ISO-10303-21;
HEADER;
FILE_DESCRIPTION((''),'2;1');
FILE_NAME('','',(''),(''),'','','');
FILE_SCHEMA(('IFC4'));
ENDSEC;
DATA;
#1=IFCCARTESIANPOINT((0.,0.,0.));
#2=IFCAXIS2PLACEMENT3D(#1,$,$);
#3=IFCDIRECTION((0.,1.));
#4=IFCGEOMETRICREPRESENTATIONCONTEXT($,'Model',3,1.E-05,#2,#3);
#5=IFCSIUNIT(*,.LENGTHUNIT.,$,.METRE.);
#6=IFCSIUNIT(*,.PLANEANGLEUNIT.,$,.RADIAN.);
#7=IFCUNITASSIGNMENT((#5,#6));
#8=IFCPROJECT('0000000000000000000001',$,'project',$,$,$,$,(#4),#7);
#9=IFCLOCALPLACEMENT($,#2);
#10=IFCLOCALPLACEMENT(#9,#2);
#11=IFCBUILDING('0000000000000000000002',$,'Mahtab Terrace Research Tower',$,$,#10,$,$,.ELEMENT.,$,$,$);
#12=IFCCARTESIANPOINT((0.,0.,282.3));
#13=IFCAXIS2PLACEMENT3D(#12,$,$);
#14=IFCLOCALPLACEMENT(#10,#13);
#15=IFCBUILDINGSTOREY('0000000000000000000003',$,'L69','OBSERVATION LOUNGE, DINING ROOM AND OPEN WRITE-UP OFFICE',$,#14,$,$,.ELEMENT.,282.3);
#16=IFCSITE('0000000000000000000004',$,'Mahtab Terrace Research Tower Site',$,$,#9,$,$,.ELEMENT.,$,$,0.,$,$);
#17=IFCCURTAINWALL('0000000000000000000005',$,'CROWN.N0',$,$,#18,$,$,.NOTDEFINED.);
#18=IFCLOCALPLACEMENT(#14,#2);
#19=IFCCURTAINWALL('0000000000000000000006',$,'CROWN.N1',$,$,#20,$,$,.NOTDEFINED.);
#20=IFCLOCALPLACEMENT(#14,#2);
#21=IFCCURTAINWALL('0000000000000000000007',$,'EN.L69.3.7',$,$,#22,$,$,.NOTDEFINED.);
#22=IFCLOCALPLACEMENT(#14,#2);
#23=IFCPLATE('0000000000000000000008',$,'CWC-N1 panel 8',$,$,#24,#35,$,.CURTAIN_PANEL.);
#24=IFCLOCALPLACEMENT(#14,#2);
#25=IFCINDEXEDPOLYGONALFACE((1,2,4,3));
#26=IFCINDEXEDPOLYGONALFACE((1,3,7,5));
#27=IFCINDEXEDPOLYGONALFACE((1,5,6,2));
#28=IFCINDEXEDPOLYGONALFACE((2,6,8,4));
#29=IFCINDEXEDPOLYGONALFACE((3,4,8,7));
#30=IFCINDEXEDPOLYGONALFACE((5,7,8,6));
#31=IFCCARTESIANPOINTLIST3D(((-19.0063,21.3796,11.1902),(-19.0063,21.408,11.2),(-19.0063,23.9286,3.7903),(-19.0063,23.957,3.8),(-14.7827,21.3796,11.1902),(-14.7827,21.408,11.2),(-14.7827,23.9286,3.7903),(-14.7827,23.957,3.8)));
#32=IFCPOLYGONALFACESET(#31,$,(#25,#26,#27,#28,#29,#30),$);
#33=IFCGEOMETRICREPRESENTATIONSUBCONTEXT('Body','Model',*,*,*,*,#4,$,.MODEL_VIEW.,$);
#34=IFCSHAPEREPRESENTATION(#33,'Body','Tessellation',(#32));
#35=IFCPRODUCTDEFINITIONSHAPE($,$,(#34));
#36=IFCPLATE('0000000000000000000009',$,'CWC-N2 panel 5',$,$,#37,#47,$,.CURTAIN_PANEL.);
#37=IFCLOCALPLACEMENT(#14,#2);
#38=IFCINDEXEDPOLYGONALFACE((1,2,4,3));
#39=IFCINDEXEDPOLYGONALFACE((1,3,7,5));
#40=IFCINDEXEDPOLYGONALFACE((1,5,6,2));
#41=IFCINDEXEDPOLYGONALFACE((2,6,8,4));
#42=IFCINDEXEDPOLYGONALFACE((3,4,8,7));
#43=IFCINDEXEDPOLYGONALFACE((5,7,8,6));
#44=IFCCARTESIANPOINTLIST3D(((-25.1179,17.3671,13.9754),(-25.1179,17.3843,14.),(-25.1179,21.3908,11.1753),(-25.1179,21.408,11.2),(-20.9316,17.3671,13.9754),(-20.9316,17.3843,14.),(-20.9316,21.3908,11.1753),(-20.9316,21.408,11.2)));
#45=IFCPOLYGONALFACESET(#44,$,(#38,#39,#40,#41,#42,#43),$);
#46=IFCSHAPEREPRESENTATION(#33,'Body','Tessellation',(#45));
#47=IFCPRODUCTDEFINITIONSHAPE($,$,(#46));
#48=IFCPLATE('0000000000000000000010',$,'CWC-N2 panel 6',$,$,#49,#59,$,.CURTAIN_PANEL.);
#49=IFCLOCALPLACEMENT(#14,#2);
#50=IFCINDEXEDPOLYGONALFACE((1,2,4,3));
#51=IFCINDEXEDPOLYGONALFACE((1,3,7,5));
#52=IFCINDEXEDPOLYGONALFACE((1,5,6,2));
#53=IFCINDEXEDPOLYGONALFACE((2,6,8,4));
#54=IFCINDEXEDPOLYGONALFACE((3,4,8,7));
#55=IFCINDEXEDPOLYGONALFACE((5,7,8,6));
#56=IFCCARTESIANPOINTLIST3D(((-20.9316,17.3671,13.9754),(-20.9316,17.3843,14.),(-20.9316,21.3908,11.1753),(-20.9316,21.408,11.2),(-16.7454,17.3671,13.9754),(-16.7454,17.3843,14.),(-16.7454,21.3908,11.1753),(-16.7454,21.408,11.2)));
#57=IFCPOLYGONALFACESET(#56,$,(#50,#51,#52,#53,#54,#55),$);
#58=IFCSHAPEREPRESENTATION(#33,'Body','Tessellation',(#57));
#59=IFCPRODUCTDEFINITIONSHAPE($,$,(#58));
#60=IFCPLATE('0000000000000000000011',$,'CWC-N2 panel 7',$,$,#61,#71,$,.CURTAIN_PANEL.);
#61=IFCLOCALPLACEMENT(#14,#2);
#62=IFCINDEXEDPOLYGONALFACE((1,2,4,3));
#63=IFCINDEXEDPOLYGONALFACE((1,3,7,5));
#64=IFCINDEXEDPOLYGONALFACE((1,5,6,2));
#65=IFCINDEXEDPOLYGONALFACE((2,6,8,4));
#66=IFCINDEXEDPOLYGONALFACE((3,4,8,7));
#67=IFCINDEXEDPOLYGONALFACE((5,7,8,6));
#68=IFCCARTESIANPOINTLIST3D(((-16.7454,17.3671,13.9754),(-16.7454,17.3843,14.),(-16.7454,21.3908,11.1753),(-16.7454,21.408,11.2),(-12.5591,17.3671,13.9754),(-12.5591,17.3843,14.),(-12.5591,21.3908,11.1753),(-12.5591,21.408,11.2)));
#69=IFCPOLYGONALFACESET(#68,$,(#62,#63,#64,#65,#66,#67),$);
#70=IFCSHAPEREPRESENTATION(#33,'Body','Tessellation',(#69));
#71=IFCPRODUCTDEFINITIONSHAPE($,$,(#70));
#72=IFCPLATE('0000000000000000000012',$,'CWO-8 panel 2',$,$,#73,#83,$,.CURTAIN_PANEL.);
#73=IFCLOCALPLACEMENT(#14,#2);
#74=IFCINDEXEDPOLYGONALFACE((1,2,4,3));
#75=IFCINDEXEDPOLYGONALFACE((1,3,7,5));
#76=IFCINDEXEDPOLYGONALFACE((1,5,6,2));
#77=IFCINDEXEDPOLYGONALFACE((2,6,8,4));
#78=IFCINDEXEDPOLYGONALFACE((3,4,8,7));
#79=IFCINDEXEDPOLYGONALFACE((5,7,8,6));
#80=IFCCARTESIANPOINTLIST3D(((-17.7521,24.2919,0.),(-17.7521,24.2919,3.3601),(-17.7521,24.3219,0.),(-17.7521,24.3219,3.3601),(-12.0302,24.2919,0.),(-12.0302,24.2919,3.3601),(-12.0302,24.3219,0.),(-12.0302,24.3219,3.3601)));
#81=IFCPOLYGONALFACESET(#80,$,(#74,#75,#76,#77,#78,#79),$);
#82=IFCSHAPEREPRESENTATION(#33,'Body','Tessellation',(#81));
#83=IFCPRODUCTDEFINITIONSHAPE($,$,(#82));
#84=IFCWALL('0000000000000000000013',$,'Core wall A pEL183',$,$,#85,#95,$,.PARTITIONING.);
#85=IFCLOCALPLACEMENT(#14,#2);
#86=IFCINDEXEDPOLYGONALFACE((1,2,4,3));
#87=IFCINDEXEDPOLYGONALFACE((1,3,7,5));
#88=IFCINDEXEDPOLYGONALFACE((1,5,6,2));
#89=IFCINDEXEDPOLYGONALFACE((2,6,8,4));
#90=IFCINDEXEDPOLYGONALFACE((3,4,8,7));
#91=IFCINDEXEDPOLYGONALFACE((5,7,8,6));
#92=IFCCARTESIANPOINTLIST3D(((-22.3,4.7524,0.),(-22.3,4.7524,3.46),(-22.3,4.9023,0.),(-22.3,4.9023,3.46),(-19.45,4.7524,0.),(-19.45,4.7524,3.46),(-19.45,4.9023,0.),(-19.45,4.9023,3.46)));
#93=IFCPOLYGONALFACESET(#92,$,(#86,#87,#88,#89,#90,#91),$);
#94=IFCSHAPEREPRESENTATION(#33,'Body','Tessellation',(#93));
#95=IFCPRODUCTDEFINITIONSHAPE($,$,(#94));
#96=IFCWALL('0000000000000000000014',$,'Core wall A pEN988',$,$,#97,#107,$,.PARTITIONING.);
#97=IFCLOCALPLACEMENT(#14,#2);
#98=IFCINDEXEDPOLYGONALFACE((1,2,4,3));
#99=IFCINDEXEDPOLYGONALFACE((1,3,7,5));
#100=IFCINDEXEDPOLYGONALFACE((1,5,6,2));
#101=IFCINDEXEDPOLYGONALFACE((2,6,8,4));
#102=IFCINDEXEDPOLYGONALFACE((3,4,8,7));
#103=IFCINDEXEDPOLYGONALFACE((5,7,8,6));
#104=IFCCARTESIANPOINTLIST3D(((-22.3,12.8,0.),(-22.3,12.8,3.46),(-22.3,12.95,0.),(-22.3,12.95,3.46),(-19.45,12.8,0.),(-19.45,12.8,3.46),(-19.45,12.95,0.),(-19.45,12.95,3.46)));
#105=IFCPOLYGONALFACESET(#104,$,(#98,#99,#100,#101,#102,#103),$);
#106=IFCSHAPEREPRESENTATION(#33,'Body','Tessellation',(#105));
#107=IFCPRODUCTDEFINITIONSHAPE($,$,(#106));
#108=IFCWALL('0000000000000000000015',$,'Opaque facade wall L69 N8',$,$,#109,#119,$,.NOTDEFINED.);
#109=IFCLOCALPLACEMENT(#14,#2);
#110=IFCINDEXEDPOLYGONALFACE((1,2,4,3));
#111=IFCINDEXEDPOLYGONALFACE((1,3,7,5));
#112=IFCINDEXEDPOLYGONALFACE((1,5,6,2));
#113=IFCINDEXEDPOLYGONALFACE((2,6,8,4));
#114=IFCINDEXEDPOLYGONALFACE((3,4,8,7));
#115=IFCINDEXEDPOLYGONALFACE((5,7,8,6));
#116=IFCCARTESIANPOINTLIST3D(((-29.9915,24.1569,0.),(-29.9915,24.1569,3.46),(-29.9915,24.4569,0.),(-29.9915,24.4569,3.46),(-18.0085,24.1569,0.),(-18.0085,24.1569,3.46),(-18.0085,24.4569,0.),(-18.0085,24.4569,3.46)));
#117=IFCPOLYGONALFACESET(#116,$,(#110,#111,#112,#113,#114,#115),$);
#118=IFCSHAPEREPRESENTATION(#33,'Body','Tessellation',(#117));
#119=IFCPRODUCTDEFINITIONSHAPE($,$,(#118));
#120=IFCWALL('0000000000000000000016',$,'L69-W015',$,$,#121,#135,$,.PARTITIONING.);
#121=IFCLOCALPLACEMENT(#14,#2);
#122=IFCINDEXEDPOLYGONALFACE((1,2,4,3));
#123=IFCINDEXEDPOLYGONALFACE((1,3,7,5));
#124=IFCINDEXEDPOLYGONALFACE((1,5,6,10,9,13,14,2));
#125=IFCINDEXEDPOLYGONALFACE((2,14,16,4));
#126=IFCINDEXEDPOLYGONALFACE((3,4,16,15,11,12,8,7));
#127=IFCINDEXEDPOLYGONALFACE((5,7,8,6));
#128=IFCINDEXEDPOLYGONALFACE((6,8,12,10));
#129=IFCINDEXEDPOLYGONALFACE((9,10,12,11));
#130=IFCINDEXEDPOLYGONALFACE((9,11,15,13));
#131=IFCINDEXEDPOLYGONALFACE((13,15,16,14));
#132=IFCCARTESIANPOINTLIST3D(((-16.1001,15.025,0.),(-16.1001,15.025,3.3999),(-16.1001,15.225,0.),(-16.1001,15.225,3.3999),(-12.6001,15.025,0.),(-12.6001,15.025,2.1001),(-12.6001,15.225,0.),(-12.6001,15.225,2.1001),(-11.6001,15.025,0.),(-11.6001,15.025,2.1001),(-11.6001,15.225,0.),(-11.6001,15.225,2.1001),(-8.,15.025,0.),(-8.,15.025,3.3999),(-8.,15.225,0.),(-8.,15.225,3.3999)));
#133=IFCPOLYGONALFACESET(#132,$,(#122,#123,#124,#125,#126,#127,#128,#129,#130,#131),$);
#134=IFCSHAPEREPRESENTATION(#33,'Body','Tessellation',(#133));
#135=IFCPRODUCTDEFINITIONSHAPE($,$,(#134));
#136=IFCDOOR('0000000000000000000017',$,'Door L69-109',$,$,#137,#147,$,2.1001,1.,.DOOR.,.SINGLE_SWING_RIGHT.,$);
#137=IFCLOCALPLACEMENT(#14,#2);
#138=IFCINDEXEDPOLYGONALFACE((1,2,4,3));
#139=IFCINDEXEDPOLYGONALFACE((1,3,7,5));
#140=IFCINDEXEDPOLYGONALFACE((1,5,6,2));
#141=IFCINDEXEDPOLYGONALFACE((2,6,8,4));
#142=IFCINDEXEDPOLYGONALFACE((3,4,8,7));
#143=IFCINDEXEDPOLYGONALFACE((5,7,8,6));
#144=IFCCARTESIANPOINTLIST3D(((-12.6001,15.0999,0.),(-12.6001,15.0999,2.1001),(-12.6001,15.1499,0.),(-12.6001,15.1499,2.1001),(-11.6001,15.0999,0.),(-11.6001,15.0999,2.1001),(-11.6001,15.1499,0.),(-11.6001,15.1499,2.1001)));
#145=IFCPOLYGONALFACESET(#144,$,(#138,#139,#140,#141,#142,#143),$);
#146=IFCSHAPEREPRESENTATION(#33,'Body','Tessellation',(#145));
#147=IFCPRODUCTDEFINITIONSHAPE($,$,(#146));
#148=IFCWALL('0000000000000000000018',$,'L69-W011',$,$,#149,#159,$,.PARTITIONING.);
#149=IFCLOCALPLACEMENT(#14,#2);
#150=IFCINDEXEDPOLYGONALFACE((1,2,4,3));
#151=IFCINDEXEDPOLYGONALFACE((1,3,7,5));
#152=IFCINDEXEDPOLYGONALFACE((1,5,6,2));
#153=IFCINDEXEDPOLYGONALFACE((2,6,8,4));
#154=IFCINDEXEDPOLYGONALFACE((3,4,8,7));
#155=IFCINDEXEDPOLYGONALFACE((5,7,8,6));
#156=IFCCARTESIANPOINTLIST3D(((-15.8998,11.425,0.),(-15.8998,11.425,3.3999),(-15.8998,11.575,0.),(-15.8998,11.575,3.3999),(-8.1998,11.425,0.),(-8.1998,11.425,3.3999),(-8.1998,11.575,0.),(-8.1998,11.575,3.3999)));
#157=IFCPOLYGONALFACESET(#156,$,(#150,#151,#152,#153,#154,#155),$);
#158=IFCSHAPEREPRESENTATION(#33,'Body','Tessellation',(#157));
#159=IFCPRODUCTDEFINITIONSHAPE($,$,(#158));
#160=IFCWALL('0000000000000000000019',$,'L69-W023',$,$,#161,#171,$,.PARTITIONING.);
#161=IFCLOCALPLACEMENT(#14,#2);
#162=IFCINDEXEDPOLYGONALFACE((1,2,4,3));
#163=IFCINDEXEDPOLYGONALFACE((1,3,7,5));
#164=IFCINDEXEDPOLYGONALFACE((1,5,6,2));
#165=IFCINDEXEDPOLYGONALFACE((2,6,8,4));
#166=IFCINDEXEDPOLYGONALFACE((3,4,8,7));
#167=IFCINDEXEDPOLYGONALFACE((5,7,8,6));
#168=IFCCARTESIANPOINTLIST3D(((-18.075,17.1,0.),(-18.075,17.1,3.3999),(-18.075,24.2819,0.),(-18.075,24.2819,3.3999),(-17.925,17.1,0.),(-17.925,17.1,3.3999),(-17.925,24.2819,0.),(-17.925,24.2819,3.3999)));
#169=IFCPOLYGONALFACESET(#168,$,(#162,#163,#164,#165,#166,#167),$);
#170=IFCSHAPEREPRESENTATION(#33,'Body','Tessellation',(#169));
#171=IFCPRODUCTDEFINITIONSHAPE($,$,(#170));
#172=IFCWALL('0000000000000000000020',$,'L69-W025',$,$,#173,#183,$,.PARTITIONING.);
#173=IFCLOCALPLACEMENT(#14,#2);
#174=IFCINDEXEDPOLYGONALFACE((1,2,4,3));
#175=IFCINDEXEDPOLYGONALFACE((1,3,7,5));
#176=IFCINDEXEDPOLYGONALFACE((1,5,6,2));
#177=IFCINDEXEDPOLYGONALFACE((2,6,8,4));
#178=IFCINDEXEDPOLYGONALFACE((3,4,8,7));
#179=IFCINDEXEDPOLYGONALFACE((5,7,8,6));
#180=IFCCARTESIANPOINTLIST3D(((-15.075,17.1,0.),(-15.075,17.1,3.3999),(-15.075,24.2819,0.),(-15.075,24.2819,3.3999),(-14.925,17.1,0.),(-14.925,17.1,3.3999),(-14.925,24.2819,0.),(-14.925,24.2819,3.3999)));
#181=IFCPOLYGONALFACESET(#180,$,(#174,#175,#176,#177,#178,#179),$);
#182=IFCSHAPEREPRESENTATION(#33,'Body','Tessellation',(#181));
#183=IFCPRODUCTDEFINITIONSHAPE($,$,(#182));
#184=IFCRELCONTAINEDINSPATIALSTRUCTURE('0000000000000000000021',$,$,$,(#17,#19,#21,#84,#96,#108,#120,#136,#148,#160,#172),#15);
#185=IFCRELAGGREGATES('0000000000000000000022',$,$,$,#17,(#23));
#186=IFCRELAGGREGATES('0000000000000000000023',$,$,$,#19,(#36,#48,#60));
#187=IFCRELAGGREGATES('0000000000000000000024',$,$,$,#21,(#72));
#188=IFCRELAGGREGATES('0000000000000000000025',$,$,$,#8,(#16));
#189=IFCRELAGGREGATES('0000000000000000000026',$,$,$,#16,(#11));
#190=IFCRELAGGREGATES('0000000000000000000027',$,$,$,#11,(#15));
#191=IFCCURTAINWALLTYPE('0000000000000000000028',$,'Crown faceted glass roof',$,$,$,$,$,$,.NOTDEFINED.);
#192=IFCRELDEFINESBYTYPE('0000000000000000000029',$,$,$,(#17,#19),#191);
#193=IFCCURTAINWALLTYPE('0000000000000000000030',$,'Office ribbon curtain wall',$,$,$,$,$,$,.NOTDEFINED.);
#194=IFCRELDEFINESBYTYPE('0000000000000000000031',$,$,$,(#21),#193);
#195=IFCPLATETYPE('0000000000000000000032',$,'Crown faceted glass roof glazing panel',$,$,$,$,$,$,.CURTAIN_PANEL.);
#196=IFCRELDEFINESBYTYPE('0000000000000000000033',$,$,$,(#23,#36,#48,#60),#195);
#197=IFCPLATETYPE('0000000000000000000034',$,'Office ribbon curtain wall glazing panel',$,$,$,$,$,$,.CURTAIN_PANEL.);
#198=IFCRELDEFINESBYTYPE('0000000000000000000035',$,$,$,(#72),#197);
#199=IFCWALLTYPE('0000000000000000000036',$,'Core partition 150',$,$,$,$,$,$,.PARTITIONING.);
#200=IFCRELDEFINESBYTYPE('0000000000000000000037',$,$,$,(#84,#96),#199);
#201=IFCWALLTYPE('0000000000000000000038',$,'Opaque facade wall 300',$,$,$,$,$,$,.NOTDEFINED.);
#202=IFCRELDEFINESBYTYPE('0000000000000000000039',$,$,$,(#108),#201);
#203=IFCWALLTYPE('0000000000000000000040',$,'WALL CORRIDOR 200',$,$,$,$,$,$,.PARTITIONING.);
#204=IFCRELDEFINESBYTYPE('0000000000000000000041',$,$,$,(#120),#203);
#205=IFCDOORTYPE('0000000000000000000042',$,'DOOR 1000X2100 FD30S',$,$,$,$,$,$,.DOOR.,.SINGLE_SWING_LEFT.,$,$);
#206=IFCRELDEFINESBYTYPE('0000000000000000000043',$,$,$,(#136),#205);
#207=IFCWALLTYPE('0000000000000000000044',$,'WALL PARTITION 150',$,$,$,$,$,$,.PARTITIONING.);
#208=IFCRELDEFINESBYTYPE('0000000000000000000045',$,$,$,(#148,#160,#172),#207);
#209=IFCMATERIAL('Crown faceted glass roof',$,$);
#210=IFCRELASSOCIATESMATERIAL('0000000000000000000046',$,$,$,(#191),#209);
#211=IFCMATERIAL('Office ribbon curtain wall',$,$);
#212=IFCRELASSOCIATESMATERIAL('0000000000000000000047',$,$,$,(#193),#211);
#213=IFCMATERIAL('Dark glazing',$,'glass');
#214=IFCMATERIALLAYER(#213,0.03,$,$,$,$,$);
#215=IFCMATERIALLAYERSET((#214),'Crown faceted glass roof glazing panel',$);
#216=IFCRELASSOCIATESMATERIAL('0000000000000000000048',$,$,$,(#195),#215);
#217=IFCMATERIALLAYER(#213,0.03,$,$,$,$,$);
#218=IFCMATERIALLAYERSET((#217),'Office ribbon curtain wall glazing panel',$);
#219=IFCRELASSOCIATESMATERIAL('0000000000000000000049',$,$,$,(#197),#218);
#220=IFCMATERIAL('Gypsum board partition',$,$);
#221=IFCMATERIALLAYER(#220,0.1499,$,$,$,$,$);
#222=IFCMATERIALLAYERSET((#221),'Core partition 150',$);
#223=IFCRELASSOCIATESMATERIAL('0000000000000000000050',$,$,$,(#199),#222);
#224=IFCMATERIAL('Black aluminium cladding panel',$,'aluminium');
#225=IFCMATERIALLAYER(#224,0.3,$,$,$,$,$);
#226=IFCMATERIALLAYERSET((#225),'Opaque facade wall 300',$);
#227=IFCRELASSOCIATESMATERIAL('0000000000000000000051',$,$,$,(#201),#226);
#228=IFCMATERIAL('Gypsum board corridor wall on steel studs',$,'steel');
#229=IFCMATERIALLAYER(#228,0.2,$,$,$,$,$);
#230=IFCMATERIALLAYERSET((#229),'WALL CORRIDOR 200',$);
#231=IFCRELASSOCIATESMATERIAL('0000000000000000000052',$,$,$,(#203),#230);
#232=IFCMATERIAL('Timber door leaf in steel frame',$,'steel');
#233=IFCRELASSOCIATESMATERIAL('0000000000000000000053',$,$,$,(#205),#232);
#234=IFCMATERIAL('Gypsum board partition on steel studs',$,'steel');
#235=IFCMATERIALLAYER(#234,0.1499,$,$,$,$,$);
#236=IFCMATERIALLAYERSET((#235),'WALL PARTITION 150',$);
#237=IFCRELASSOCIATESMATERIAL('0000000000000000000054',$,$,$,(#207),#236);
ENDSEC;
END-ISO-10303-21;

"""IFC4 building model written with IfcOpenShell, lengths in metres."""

from ifc_helpers import new_model, si_unit, direction, frame, frame_2d, origin, origin_2d, place, context, subcontext, project, spatial, polyline, rectangle, outline, extrude, material, layer, layer_set, type_object, element, fill, aggregate, save


model = new_model("IFC4")

# Units and contexts
model_context = context("Model", 3, precision=1e-05, world=origin(), true_north=direction((0.0, 1.0)))
body_context = subcontext(model_context, "Body", "Model", "MODEL_VIEW")
ifc_project = project(units=[si_unit("LENGTHUNIT", "METRE"), si_unit("PLANEANGLEUNIT", "RADIAN")], contexts=[model_context])

# Site, building, storey
site_placement = place(None, origin())
site = spatial("IfcSite", under=ifc_project, at=site_placement, Name="Mahtab Terrace Research Tower Site", CompositionType="ELEMENT", RefElevation=0.0)
building_placement = place(site_placement, origin())
building = spatial("IfcBuilding", under=site, at=building_placement, Name="Mahtab Terrace Research Tower", CompositionType="ELEMENT")
storey_placement = place(building_placement, frame((0.0, 0.0, 282.3)))
storey = spatial("IfcBuildingStorey", under=building, at=storey_placement, Name="L69", Description="OBSERVATION LOUNGE, DINING ROOM AND OPEN WRITE-UP OFFICE", CompositionType="ELEMENT", Elevation=282.3)

# Curtain walls
ifc_material_1 = material(Name="Crown faceted glass roof")
curtain_wall_type_1 = type_object("IfcCurtainWallType", Name="Crown faceted glass roof", PredefinedType="NOTDEFINED", material=ifc_material_1)
curtain_wall_1_placement = place(storey_placement, origin())
curtain_wall_1 = element("IfcCurtainWall", 1, at=curtain_wall_1_placement, inside=storey, type_object=curtain_wall_type_1, Name="CROWN.N0", PredefinedType="NOTDEFINED")
curtain_wall_2_placement = place(storey_placement, origin())
curtain_wall_2 = element("IfcCurtainWall", 2, at=curtain_wall_2_placement, inside=storey, type_object=curtain_wall_type_1, Name="CROWN.N1", PredefinedType="NOTDEFINED")

# Curtain wall
ifc_material_2 = material(Name="Office ribbon curtain wall")
curtain_wall_type_2 = type_object("IfcCurtainWallType", Name="Office ribbon curtain wall", PredefinedType="NOTDEFINED", material=ifc_material_2)
curtain_wall_3_placement = place(storey_placement, origin())
curtain_wall_3 = element("IfcCurtainWall", 3, at=curtain_wall_3_placement, inside=storey, type_object=curtain_wall_type_2, Name="EN.L69.3.7", PredefinedType="NOTDEFINED")

# Plates
ifc_material_3 = material(Name="Dark glazing", Category="glass")
ifc_layer_1 = layer(ifc_material_3, 0.03)
ifc_layer_set_1 = layer_set([ifc_layer_1], Name="Crown faceted glass roof glazing panel")
plate_type_1 = type_object("IfcPlateType", Name="Crown faceted glass roof glazing panel", PredefinedType="CURTAIN_PANEL", material=ifc_layer_set_1)
plate_1_placement = place(storey_placement, frame((-14.7827, 21.408, 11.2), z_axis=(0.0, 0.945476, 0.325692), x_axis=(0.0, 0.325692, -0.945476)))
plate_1 = element("IfcPlate", 4, at=plate_1_placement, type_object=plate_type_1, Name="CWC-N1 panel 8", PredefinedType="CURTAIN_PANEL", context=body_context, shape_type="SweptSolid", body=[
    extrude(outline(polyline([(0.0, 0.0), (7.8266, 0.0), (7.8266, 4.2236), (0.0, 4.2236), (0.0, 0.0)])), origin(), (0.0, 0.0, -1.0), 0.03),
])
aggregate(curtain_wall_1, [plate_1])
plate_2_placement = place(storey_placement, frame((-20.9316, 17.3843, 14.0), z_axis=(0.0, 0.571197, 0.820813), x_axis=(0.0, 0.820813, -0.571197)))
plate_2 = element("IfcPlate", 5, at=plate_2_placement, type_object=plate_type_1, Name="CWC-N2 panel 5", PredefinedType="CURTAIN_PANEL", context=body_context, shape_type="SweptSolid", body=[
    extrude(outline(polyline([(0.0, 0.0), (4.9021, 0.0), (4.9021, 4.1863), (0.0, 4.1863), (0.0, 0.0)])), origin(), (0.0, 0.0, -1.0), 0.03),
])
plate_3_placement = place(storey_placement, frame((-16.7454, 17.3843, 14.0), z_axis=(0.0, 0.571197, 0.820813), x_axis=(0.0, 0.820813, -0.571197)))
plate_3 = element("IfcPlate", 6, at=plate_3_placement, type_object=plate_type_1, Name="CWC-N2 panel 6", PredefinedType="CURTAIN_PANEL", context=body_context, shape_type="SweptSolid", body=[
    extrude(outline(polyline([(0.0, 0.0), (4.9021, 0.0), (4.9021, 4.1863), (0.0, 4.1863), (0.0, 0.0)])), origin(), (0.0, 0.0, -1.0), 0.03),
])
plate_4_placement = place(storey_placement, frame((-12.5591, 17.3843, 14.0), z_axis=(0.0, 0.571197, 0.820813), x_axis=(0.0, 0.820813, -0.571197)))
plate_4 = element("IfcPlate", 7, at=plate_4_placement, type_object=plate_type_1, Name="CWC-N2 panel 7", PredefinedType="CURTAIN_PANEL", context=body_context, shape_type="SweptSolid", body=[
    extrude(outline(polyline([(0.0, 0.0), (4.9021, 0.0), (4.9021, 4.1863), (0.0, 4.1863), (0.0, 0.0)])), origin(), (0.0, 0.0, -1.0), 0.03),
])
aggregate(curtain_wall_2, [plate_2, plate_3, plate_4])
ifc_layer_2 = layer(ifc_material_3, 0.03)
ifc_layer_set_2 = layer_set([ifc_layer_2], Name="Office ribbon curtain wall glazing panel")
plate_type_2 = type_object("IfcPlateType", Name="Office ribbon curtain wall glazing panel", PredefinedType="CURTAIN_PANEL", material=ifc_layer_set_2)
plate_5_placement = place(storey_placement, frame((-14.8911, 24.3069, 0.0), z_axis=(0.0, 0.0, 1.0), x_axis=(-1.0, 0.0, 0.0)))
plate_5 = element("IfcPlate", 8, at=plate_5_placement, type_object=plate_type_2, Name="CWO-8 panel 2", PredefinedType="CURTAIN_PANEL", context=body_context, shape_type="SweptSolid", body=[
    extrude(rectangle(XDim=5.7219, YDim=0.03, at=origin_2d()), origin(), (0.0, 0.0, 1.0), 3.3601),
])
aggregate(curtain_wall_3, [plate_5])

# Walls
ifc_material_4 = material(Name="Gypsum board partition")
ifc_layer_3 = layer(ifc_material_4, 0.1499)
ifc_layer_set_3 = layer_set([ifc_layer_3], Name="Core partition 150")
wall_type_1 = type_object("IfcWallType", Name="Core partition 150", PredefinedType="PARTITIONING", material=ifc_layer_set_3)
for number, where, z_axis, x_axis, name in (
    (9, (-22.3, 4.8274, 0.0), (0.0, 0.0, 1.0), (1.0, 0.0, 0.0), "Core wall A pEL183"),
    (10, (-22.3, 12.875, 0.0), (0.0, 0.0, 1.0), (1.0, 0.0, 0.0), "Core wall A pEN988"),
):
    element("IfcWall", number, at=place(storey_placement, frame(where, z_axis=z_axis, x_axis=x_axis)), inside=storey, type_object=wall_type_1, Name=name, PredefinedType="PARTITIONING", context=body_context, shape_type="SweptSolid", body=[
        extrude(rectangle(XDim=2.8501, YDim=0.1499, at=frame_2d((1.425, 0.0))), origin(), (0.0, 0.0, 1.0), 3.46),
    ])
ifc_material_5 = material(Name="Black aluminium cladding panel", Category="aluminium")
ifc_layer_4 = layer(ifc_material_5, 0.3)
ifc_layer_set_4 = layer_set([ifc_layer_4], Name="Opaque facade wall 300")
wall_type_2 = type_object("IfcWallType", Name="Opaque facade wall 300", PredefinedType="NOTDEFINED", material=ifc_layer_set_4)
wall_1_placement = place(storey_placement, frame((-18.0085, 24.3069, 0.0), z_axis=(0.0, 0.0, 1.0), x_axis=(-1.0, 0.0, 0.0)))
element("IfcWall", 11, at=wall_1_placement, inside=storey, type_object=wall_type_2, Name="Opaque facade wall L69 N8", PredefinedType="NOTDEFINED", context=body_context, shape_type="SweptSolid", body=[
    extrude(rectangle(XDim=11.9829, YDim=0.3, at=frame_2d((5.9915, 0.0))), origin(), (0.0, 0.0, 1.0), 3.46),
])

# Wall, opening, door
ifc_material_6 = material(Name="Gypsum board corridor wall on steel studs", Category="steel")
ifc_layer_5 = layer(ifc_material_6, 0.2)
ifc_layer_set_5 = layer_set([ifc_layer_5], Name="WALL CORRIDOR 200")
wall_type_3 = type_object("IfcWallType", Name="WALL CORRIDOR 200", PredefinedType="PARTITIONING", material=ifc_layer_set_5)
wall_2_placement = place(storey_placement, frame((-16.1001, 15.125, 0.0), z_axis=(0.0, 0.0, 1.0), x_axis=(1.0, 0.0, 0.0)))
wall_2 = element("IfcWall", 12, at=wall_2_placement, inside=storey, type_object=wall_type_3, Name="L69-W015", PredefinedType="PARTITIONING", context=body_context, shape_type="SweptSolid", body=[
    extrude(rectangle(XDim=8.1001, YDim=0.2, at=frame_2d((4.05, 0.0))), origin(), (0.0, 0.0, 1.0), 3.3999),
])
opening_placement = place(wall_2_placement, frame((3.5, 0.0, 0.0)))
opening = element("IfcOpeningElement", 13, at=opening_placement, cuts=wall_2, PredefinedType="OPENING", context=body_context, shape_type="SweptSolid", body=[
    extrude(rectangle(XDim=1.0, YDim=2.1001, at=frame_2d((0.5, 1.05))), frame((0.0, 0.1099, 0.0), z_axis=(0.0, -1.0, 0.0), x_axis=(1.0, 0.0, 0.0)), (0.0, 0.0, 1.0), 0.22),
])
ifc_material_7 = material(Name="Timber door leaf in steel frame", Category="steel")
door_type = type_object("IfcDoorType", Name="DOOR 1000X2100 FD30S", OperationType="SINGLE_SWING_LEFT", PredefinedType="DOOR", material=ifc_material_7)
door_placement = place(opening_placement, origin())
door = element("IfcDoor", 14, at=door_placement, inside=storey, type_object=door_type, Name="Door L69-109", OperationType="SINGLE_SWING_RIGHT", OverallHeight=2.1001, OverallWidth=1.0, PredefinedType="DOOR", context=body_context, shape_type="SweptSolid", body=[
    extrude(rectangle(XDim=1.0, YDim=2.1001, at=frame_2d((0.5, 1.05))), frame((0.0, 0.0249, 0.0), z_axis=(0.0, -1.0, 0.0), x_axis=(1.0, 0.0, 0.0)), (0.0, 0.0, 1.0), 0.05),
])
fill(opening, door)

# Walls
ifc_material_8 = material(Name="Gypsum board partition on steel studs", Category="steel")
ifc_layer_6 = layer(ifc_material_8, 0.1499)
ifc_layer_set_6 = layer_set([ifc_layer_6], Name="WALL PARTITION 150")
wall_type_4 = type_object("IfcWallType", Name="WALL PARTITION 150", PredefinedType="PARTITIONING", material=ifc_layer_set_6)
wall_3_placement = place(storey_placement, frame((-15.8999, 11.5, 0.0), z_axis=(0.0, 0.0, 1.0), x_axis=(1.0, 0.0, 0.0)))
element("IfcWall", 15, at=wall_3_placement, inside=storey, type_object=wall_type_4, Name="L69-W011", PredefinedType="PARTITIONING", context=body_context, shape_type="SweptSolid", body=[
    extrude(rectangle(XDim=7.7, YDim=0.1499, at=frame_2d((3.8501, 0.0))), origin(), (0.0, 0.0, 1.0), 3.3999),
])
for number, where, z_axis, x_axis, name in (
    (16, (-18.0, 17.1001, 0.0), (0.0, 0.0, 1.0), (0.0, 1.0, 0.0), "L69-W023"),
    (17, (-15.0, 17.1001, 0.0), (0.0, 0.0, 1.0), (0.0, 1.0, 0.0), "L69-W025"),
):
    element("IfcWall", number, at=place(storey_placement, frame(where, z_axis=z_axis, x_axis=x_axis)), inside=storey, type_object=wall_type_4, Name=name, PredefinedType="PARTITIONING", context=body_context, shape_type="SweptSolid", body=[
        extrude(rectangle(XDim=7.1819, YDim=0.1499, at=frame_2d((3.5908, 0.0))), origin(), (0.0, 0.0, 1.0), 3.3999),
    ])

save(model, "model.ifc")
